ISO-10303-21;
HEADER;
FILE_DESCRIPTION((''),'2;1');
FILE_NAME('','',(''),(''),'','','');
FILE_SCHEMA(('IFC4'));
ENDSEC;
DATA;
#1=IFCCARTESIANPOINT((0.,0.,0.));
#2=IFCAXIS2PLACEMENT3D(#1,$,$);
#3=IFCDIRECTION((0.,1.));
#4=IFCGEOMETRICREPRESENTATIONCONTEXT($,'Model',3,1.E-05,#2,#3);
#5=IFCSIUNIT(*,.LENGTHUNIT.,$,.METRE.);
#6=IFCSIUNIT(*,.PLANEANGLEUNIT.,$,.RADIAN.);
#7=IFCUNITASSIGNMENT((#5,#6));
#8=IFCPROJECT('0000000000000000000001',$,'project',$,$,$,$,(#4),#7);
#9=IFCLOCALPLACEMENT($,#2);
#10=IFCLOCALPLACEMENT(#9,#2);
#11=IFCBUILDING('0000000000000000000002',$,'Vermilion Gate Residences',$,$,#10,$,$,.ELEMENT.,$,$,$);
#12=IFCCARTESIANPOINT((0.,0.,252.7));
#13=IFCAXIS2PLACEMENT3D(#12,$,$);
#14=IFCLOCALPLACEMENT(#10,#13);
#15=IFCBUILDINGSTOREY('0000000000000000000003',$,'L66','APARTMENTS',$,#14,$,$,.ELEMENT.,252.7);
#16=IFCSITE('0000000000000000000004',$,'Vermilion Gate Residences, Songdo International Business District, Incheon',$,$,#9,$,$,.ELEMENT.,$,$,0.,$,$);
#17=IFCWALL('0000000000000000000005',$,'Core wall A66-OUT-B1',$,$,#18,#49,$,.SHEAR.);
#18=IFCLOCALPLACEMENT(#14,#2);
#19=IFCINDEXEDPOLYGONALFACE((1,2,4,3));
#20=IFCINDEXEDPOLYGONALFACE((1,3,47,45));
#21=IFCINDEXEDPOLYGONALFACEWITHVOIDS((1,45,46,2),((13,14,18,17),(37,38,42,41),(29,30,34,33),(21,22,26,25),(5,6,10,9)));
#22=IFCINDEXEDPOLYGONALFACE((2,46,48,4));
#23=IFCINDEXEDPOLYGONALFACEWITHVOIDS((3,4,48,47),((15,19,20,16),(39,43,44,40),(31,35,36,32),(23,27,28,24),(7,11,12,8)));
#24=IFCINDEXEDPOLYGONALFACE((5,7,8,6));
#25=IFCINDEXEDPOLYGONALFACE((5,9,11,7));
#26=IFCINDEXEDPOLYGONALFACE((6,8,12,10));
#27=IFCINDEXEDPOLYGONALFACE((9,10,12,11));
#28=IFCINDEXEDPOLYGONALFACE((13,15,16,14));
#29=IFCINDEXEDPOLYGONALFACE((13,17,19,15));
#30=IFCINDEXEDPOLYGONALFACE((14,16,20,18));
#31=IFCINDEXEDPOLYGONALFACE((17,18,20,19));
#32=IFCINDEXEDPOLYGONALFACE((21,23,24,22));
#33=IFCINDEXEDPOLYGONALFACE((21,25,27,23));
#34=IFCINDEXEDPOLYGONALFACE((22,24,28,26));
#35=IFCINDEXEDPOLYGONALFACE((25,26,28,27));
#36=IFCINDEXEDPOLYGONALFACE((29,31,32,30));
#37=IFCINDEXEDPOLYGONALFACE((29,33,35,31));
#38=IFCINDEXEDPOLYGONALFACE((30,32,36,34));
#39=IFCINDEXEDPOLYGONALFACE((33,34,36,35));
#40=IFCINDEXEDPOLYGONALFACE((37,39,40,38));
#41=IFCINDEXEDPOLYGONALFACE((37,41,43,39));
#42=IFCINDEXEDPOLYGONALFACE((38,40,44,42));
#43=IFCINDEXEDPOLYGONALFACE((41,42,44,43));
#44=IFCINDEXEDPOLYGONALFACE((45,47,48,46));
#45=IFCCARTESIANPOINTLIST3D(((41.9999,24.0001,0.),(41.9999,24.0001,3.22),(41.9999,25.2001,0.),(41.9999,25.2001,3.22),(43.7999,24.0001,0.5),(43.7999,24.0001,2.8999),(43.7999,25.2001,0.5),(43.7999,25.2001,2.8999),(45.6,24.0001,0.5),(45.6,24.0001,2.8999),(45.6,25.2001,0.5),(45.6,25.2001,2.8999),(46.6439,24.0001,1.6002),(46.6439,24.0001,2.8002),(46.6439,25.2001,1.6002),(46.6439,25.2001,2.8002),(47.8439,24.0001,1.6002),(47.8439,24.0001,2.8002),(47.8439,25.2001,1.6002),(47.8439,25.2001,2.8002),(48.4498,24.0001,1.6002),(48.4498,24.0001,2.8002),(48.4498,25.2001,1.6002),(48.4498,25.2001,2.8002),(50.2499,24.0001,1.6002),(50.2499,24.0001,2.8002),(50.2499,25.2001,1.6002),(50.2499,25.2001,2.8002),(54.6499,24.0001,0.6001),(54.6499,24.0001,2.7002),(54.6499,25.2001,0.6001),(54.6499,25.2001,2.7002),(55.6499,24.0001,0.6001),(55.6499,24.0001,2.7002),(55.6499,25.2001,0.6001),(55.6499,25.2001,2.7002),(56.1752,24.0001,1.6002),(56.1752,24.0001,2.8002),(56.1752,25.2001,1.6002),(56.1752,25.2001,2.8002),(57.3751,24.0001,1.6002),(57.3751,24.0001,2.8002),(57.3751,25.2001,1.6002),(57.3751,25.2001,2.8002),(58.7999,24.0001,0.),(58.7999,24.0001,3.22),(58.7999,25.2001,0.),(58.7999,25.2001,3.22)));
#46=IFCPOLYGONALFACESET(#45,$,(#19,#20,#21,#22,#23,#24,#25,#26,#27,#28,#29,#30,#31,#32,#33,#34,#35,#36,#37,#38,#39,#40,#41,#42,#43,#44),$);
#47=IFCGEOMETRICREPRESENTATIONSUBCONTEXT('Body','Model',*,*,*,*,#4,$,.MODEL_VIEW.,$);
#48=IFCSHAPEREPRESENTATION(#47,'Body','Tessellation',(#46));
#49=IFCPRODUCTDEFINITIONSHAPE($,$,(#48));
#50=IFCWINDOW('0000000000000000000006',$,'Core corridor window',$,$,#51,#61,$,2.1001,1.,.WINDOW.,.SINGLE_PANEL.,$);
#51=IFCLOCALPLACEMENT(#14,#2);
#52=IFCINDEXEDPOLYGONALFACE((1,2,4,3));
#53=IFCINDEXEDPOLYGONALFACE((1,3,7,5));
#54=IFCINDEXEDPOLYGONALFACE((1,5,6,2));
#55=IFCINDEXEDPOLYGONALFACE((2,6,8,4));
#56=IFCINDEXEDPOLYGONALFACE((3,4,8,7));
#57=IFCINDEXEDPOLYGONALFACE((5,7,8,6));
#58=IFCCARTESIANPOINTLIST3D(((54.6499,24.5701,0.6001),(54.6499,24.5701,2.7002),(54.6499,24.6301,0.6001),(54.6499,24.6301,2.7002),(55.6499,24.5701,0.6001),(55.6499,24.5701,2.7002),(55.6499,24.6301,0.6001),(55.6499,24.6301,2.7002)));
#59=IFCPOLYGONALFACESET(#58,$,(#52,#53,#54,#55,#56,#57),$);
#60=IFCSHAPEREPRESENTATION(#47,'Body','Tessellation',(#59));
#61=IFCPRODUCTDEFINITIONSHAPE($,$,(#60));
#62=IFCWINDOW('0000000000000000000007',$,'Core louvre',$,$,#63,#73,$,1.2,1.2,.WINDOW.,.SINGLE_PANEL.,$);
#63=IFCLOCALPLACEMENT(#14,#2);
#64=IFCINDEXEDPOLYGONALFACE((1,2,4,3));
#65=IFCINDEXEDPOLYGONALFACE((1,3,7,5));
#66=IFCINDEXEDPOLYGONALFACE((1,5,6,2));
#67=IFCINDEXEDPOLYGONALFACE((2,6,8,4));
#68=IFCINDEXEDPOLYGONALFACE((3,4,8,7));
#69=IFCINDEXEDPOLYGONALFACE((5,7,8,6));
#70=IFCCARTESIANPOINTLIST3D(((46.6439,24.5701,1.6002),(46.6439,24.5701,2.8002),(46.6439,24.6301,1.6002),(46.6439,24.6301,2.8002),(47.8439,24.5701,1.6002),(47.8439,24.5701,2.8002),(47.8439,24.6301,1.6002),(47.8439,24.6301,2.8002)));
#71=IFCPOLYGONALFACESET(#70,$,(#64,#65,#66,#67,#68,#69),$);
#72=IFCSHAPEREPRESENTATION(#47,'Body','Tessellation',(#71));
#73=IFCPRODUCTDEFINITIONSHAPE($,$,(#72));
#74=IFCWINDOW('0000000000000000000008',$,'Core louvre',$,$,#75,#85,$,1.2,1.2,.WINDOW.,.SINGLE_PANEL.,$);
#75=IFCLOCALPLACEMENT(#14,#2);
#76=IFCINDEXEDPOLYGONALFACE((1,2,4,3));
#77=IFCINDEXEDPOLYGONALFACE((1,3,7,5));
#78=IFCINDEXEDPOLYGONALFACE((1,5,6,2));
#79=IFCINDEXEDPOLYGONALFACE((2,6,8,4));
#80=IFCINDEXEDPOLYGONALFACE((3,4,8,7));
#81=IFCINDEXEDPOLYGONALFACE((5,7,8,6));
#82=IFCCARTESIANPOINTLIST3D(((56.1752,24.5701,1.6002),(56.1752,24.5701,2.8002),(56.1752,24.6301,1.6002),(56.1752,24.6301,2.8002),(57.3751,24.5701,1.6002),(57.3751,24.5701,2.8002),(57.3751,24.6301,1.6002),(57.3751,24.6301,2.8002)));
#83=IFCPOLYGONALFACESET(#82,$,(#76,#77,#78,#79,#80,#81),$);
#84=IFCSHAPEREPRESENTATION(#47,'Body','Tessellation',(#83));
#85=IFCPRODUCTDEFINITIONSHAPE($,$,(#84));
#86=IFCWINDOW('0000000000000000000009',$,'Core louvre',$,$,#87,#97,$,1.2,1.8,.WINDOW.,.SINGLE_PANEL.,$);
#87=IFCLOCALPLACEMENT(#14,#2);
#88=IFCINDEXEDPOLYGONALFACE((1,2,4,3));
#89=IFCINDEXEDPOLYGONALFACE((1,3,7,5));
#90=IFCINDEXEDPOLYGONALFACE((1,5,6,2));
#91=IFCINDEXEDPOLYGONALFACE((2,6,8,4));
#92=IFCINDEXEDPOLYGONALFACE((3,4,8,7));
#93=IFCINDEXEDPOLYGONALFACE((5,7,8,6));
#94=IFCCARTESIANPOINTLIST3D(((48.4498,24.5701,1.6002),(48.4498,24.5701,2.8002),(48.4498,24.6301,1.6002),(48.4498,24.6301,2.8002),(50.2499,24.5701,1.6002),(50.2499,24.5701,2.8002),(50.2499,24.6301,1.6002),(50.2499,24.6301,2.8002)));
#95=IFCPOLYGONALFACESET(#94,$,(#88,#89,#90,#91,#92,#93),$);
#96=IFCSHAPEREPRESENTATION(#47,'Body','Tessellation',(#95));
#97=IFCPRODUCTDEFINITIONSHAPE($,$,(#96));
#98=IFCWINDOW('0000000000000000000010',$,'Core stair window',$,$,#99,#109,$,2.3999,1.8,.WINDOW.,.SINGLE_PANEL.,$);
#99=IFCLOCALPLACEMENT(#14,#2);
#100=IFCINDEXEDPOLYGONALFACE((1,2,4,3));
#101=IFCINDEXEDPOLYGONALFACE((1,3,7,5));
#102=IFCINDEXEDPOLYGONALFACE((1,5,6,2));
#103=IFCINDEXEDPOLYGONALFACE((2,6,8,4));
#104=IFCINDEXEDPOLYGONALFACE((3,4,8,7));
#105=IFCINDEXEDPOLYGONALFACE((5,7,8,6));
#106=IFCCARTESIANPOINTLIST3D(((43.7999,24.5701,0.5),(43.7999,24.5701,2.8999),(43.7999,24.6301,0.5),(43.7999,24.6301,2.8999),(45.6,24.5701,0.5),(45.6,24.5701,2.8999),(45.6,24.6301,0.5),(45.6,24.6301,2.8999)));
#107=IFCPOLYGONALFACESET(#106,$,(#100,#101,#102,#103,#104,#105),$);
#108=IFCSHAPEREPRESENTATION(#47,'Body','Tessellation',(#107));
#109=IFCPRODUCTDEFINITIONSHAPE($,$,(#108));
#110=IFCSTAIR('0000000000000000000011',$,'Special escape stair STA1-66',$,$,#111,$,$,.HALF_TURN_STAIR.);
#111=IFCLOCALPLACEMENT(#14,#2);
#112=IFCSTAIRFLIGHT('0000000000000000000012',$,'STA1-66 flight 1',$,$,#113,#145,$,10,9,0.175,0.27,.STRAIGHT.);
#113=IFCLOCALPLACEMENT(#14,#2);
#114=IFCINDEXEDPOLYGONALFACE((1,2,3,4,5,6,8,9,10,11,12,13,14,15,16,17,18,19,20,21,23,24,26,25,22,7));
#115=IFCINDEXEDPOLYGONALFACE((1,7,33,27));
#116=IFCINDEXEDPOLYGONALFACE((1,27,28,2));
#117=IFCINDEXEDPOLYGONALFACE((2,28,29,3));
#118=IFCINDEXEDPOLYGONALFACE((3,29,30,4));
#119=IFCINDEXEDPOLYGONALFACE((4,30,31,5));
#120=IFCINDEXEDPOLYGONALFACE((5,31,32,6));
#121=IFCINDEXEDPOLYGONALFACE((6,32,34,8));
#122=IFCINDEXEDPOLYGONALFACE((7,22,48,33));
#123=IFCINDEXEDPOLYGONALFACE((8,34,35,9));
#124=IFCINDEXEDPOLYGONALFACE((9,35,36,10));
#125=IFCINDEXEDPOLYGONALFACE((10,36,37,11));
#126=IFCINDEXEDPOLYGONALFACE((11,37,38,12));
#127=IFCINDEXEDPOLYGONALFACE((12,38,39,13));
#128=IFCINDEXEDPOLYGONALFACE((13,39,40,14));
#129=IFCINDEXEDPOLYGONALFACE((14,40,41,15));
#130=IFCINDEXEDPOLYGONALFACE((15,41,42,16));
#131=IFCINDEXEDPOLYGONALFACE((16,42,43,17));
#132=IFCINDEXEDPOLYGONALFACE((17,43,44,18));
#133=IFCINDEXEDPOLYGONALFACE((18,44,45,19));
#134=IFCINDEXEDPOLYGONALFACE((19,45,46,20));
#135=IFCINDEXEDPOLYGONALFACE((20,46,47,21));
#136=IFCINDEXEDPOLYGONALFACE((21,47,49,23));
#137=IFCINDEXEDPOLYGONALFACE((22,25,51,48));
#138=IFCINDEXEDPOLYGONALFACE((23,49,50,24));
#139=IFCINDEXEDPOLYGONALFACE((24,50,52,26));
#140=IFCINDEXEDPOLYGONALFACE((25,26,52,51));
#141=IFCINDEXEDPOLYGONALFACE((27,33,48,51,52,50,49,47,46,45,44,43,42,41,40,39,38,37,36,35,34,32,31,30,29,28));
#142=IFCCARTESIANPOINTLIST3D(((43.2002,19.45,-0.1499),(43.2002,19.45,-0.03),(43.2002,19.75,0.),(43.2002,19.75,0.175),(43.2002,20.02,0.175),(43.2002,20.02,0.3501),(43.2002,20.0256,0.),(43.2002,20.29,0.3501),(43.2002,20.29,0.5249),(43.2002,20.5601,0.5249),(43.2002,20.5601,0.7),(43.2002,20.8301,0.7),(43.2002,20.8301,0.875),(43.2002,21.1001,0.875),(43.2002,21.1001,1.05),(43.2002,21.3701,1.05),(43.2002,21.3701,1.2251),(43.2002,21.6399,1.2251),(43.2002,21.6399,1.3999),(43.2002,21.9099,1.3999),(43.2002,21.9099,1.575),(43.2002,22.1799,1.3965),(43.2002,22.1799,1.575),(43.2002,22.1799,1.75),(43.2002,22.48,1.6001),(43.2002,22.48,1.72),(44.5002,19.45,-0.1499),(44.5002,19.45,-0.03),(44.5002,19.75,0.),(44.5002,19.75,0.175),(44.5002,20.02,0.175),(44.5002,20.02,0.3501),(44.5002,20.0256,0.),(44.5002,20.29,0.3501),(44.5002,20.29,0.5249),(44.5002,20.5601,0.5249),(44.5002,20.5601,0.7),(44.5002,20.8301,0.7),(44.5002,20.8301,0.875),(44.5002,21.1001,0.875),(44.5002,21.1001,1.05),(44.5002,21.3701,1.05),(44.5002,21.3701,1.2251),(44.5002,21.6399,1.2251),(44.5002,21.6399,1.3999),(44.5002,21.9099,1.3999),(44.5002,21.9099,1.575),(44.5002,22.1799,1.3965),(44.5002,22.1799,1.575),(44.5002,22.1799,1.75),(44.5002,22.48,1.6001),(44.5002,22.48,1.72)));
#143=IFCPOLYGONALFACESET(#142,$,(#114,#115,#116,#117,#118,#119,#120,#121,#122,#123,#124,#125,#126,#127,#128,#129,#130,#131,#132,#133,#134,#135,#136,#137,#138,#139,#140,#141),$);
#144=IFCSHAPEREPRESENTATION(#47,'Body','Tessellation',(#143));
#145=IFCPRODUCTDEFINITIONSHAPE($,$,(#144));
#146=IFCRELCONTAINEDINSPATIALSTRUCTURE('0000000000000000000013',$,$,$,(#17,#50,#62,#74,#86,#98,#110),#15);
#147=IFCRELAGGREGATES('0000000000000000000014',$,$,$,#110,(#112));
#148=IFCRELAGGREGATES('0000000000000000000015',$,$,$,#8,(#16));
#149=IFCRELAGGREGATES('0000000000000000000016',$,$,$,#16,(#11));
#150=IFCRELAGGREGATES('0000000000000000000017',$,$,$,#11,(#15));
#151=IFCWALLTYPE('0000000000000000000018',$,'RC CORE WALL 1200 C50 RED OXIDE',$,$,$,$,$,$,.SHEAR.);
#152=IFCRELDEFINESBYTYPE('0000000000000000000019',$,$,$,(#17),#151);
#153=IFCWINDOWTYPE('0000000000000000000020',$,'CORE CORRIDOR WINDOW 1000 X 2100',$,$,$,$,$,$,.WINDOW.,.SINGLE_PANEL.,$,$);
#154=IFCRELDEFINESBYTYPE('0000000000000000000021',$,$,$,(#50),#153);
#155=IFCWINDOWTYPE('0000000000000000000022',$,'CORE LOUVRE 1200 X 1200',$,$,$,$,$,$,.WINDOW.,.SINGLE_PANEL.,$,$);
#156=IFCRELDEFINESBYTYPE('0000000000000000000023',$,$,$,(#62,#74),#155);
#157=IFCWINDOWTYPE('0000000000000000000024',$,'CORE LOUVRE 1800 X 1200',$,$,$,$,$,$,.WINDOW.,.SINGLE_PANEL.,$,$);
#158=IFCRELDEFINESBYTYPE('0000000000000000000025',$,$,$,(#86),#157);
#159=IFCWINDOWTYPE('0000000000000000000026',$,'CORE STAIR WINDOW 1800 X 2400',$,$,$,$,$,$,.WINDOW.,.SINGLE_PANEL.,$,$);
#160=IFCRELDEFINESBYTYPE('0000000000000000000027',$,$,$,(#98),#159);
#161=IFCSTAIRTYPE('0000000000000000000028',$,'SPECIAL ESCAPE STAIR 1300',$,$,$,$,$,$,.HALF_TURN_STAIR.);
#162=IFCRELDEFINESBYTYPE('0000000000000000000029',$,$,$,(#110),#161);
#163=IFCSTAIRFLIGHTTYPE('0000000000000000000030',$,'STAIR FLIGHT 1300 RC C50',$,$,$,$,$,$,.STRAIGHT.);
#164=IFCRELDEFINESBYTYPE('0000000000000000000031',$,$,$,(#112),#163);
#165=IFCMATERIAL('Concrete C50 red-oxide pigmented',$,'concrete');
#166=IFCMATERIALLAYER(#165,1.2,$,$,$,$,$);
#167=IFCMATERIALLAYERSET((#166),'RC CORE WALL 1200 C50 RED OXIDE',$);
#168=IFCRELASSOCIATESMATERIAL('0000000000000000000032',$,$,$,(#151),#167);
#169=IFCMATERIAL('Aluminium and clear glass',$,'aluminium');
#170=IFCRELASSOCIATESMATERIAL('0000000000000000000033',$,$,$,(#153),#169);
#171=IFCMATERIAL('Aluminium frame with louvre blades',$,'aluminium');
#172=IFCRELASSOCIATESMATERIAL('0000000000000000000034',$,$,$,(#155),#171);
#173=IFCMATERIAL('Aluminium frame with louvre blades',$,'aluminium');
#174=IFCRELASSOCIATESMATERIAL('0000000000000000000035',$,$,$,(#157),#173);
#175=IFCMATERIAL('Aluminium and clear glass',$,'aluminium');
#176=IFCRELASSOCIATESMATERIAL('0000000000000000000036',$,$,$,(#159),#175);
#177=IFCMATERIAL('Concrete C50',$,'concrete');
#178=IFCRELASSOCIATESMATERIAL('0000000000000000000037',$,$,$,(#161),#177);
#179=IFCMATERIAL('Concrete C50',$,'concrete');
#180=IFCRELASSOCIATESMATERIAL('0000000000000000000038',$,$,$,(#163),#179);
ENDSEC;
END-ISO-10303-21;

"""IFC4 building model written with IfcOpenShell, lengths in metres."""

from ifc_helpers import new_model, si_unit, direction, frame, frame_2d, origin, place, context, subcontext, project, spatial, polyline, rectangle, outline, extrude, material, layer, layer_set, type_object, element, fill, aggregate, save


model = new_model("IFC4")

# Units and contexts
model_context = context("Model", 3, precision=1e-05, world=origin(), true_north=direction((0.0, 1.0)))
body_context = subcontext(model_context, "Body", "Model", "MODEL_VIEW")
ifc_project = project(units=[si_unit("LENGTHUNIT", "METRE"), si_unit("PLANEANGLEUNIT", "RADIAN")], contexts=[model_context])

# Site, building, storey
site_placement = place(None, origin())
site = spatial("IfcSite", under=ifc_project, at=site_placement, Name="Vermilion Gate Residences, Songdo International Business District, Incheon", CompositionType="ELEMENT", RefElevation=0.0)
building_placement = place(site_placement, origin())
building = spatial("IfcBuilding", under=site, at=building_placement, Name="Vermilion Gate Residences", CompositionType="ELEMENT")
storey_placement = place(building_placement, frame((0.0, 0.0, 252.7)))
storey = spatial("IfcBuildingStorey", under=building, at=storey_placement, Name="L66", Description="APARTMENTS", CompositionType="ELEMENT", Elevation=252.7)

# Wall, openings, windows
ifc_material_1 = material(Name="Concrete C50 red-oxide pigmented", Category="concrete")
ifc_layer_1 = layer(ifc_material_1, 1.2)
ifc_layer_set_1 = layer_set([ifc_layer_1], Name="RC CORE WALL 1200 C50 RED OXIDE")
wall_type_1 = type_object("IfcWallType", Name="RC CORE WALL 1200 C50 RED OXIDE", PredefinedType="SHEAR", material=ifc_layer_set_1)
wall_1_placement = place(storey_placement, frame((42.0, 24.6001, 0.0), z_axis=(0.0, 0.0, 1.0), x_axis=(1.0, 0.0, 0.0)))
wall_1 = element("IfcWall", 1, at=wall_1_placement, inside=storey, type_object=wall_type_1, Name="Core wall A66-OUT-B1", PredefinedType="SHEAR", context=body_context, shape_type="SweptSolid", body=[
    extrude(rectangle(XDim=16.8, YDim=1.2, at=frame_2d((8.3999, 0.0))), origin(), (0.0, 0.0, 1.0), 3.22),
])
opening_1_placement = place(wall_1_placement, frame((1.8, 0.0, 0.5)))
opening_1 = element("IfcOpeningElement", 2, at=opening_1_placement, cuts=wall_1, PredefinedType="OPENING", context=body_context, shape_type="SweptSolid", body=[
    extrude(rectangle(XDim=1.8, YDim=2.3999, at=frame_2d((0.8999, 1.2))), frame((0.0, 0.6099, 0.0), z_axis=(0.0, -1.0, 0.0), x_axis=(1.0, 0.0, 0.0)), (0.0, 0.0, 1.0), 1.22),
])
opening_2_placement = place(wall_1_placement, frame((4.6438, 0.0, 1.6001)))
opening_2 = element("IfcOpeningElement", 3, at=opening_2_placement, cuts=wall_1, PredefinedType="OPENING", context=body_context, shape_type="SweptSolid", body=[
    extrude(rectangle(XDim=1.2, YDim=1.2, at=frame_2d((0.6001, 0.6001))), frame((0.0, 0.6099, 0.0), z_axis=(0.0, -1.0, 0.0), x_axis=(1.0, 0.0, 0.0)), (0.0, 0.0, 1.0), 1.22),
])
opening_3_placement = place(wall_1_placement, frame((6.45, 0.0, 1.6001)))
opening_3 = element("IfcOpeningElement", 4, at=opening_3_placement, cuts=wall_1, PredefinedType="OPENING", context=body_context, shape_type="SweptSolid", body=[
    extrude(rectangle(XDim=1.8, YDim=1.2, at=frame_2d((0.8999, 0.6001))), frame((0.0, 0.6099, 0.0), z_axis=(0.0, -1.0, 0.0), x_axis=(1.0, 0.0, 0.0)), (0.0, 0.0, 1.0), 1.22),
])
opening_4_placement = place(wall_1_placement, frame((12.6499, 0.0, 0.6001)))
opening_4 = element("IfcOpeningElement", 5, at=opening_4_placement, cuts=wall_1, PredefinedType="OPENING", context=body_context, shape_type="SweptSolid", body=[
    extrude(rectangle(XDim=1.0, YDim=2.1001, at=frame_2d((0.5, 1.05))), frame((0.0, 0.6099, 0.0), z_axis=(0.0, -1.0, 0.0), x_axis=(1.0, 0.0, 0.0)), (0.0, 0.0, 1.0), 1.22),
])
opening_5_placement = place(wall_1_placement, frame((14.175, 0.0, 1.6001)))
opening_5 = element("IfcOpeningElement", 6, at=opening_5_placement, cuts=wall_1, PredefinedType="OPENING", context=body_context, shape_type="SweptSolid", body=[
    extrude(rectangle(XDim=1.2, YDim=1.2, at=frame_2d((0.6001, 0.6001))), frame((0.0, 0.6099, 0.0), z_axis=(0.0, -1.0, 0.0), x_axis=(1.0, 0.0, 0.0)), (0.0, 0.0, 1.0), 1.22),
])
ifc_material_2 = material(Name="Aluminium and clear glass", Category="aluminium")
window_type_1 = type_object("IfcWindowType", Name="CORE CORRIDOR WINDOW 1000 X 2100", PartitioningType="SINGLE_PANEL", PredefinedType="WINDOW", material=ifc_material_2)
window_1_placement = place(opening_4_placement, origin())
window_1 = element("IfcWindow", 7, at=window_1_placement, inside=storey, type_object=window_type_1, Name="Core corridor window", OverallHeight=2.1001, OverallWidth=1.0, PartitioningType="SINGLE_PANEL", PredefinedType="WINDOW", context=body_context, shape_type="SweptSolid", body=[
    extrude(rectangle(XDim=1.0, YDim=2.1001, at=frame_2d((0.5, 1.05))), frame((0.0, 0.03, 0.0), z_axis=(0.0, -1.0, 0.0), x_axis=(1.0, 0.0, 0.0)), (0.0, 0.0, 1.0), 0.0601),
])
fill(opening_4, window_1)
ifc_material_3 = material(Name="Aluminium frame with louvre blades", Category="aluminium")
window_type_2 = type_object("IfcWindowType", Name="CORE LOUVRE 1200 X 1200", PartitioningType="SINGLE_PANEL", PredefinedType="WINDOW", material=ifc_material_3)
window_2_placement = place(opening_2_placement, origin())
window_2 = element("IfcWindow", 8, at=window_2_placement, inside=storey, type_object=window_type_2, Name="Core louvre", OverallHeight=1.2, OverallWidth=1.2, PartitioningType="SINGLE_PANEL", PredefinedType="WINDOW", context=body_context, shape_type="SweptSolid", body=[
    extrude(rectangle(XDim=1.2, YDim=1.2, at=frame_2d((0.6001, 0.6001))), frame((0.0, 0.03, 0.0), z_axis=(0.0, -1.0, 0.0), x_axis=(1.0, 0.0, 0.0)), (0.0, 0.0, 1.0), 0.0601),
])
fill(opening_2, window_2)
window_3_placement = place(opening_5_placement, origin())
window_3 = element("IfcWindow", 9, at=window_3_placement, inside=storey, type_object=window_type_2, Name="Core louvre", OverallHeight=1.2, OverallWidth=1.2, PartitioningType="SINGLE_PANEL", PredefinedType="WINDOW", context=body_context, shape_type="SweptSolid", body=[
    extrude(rectangle(XDim=1.2, YDim=1.2, at=frame_2d((0.6001, 0.6001))), frame((0.0, 0.03, 0.0), z_axis=(0.0, -1.0, 0.0), x_axis=(1.0, 0.0, 0.0)), (0.0, 0.0, 1.0), 0.0601),
])
fill(opening_5, window_3)
ifc_material_4 = material(Name="Aluminium frame with louvre blades", Category="aluminium")
window_type_3 = type_object("IfcWindowType", Name="CORE LOUVRE 1800 X 1200", PartitioningType="SINGLE_PANEL", PredefinedType="WINDOW", material=ifc_material_4)
window_4_placement = place(opening_3_placement, origin())
window_4 = element("IfcWindow", 10, at=window_4_placement, inside=storey, type_object=window_type_3, Name="Core louvre", OverallHeight=1.2, OverallWidth=1.8, PartitioningType="SINGLE_PANEL", PredefinedType="WINDOW", context=body_context, shape_type="SweptSolid", body=[
    extrude(rectangle(XDim=1.8, YDim=1.2, at=frame_2d((0.8999, 0.6001))), frame((0.0, 0.03, 0.0), z_axis=(0.0, -1.0, 0.0), x_axis=(1.0, 0.0, 0.0)), (0.0, 0.0, 1.0), 0.0601),
])
fill(opening_3, window_4)
ifc_material_5 = material(Name="Aluminium and clear glass", Category="aluminium")
window_type_4 = type_object("IfcWindowType", Name="CORE STAIR WINDOW 1800 X 2400", PartitioningType="SINGLE_PANEL", PredefinedType="WINDOW", material=ifc_material_5)
window_5_placement = place(opening_1_placement, origin())
window_5 = element("IfcWindow", 11, at=window_5_placement, inside=storey, type_object=window_type_4, Name="Core stair window", OverallHeight=2.3999, OverallWidth=1.8, PartitioningType="SINGLE_PANEL", PredefinedType="WINDOW", context=body_context, shape_type="SweptSolid", body=[
    extrude(rectangle(XDim=1.8, YDim=2.3999, at=frame_2d((0.8999, 1.2))), frame((0.0, 0.03, 0.0), z_axis=(0.0, -1.0, 0.0), x_axis=(1.0, 0.0, 0.0)), (0.0, 0.0, 1.0), 0.0601),
])
fill(opening_1, window_5)

# Stair, stair flight
ifc_material_6 = material(Name="Concrete C50", Category="concrete")
stair_type = type_object("IfcStairType", Name="SPECIAL ESCAPE STAIR 1300", PredefinedType="HALF_TURN_STAIR", material=ifc_material_6)
stair_placement = place(storey_placement, origin())
stair = element("IfcStair", 12, at=stair_placement, inside=storey, type_object=stair_type, Name="Special escape stair STA1-66", PredefinedType="HALF_TURN_STAIR")
ifc_material_7 = material(Name="Concrete C50", Category="concrete")
stair_flight_type = type_object("IfcStairFlightType", Name="STAIR FLIGHT 1300 RC C50", PredefinedType="STRAIGHT", material=ifc_material_7)
stair_flight_1_placement = place(storey_placement, frame((43.8501, 19.75, 0.0), z_axis=(0.0, 0.0, 1.0), x_axis=(0.0, 1.0, 0.0)))
stair_flight_1 = element("IfcStairFlight", 13, at=stair_flight_1_placement, type_object=stair_flight_type, Name="STA1-66 flight 1", NumberOfRisers=10, NumberOfTreads=9, PredefinedType="STRAIGHT", RiserHeight=0.175, TreadLength=0.27, context=body_context, shape_type="SweptSolid", body=[
    extrude(outline(polyline([(-0.3, -0.1499), (-0.3, -0.03), (0.0, 0.0), (0.0, 0.175), (0.27, 0.175), (0.27, 0.3501), (0.54, 0.3501), (0.54, 0.5249), (0.8101, 0.5249), (0.8101, 0.7), (1.0801, 0.7), (1.0801, 0.875), (1.3501, 0.875), (1.3501, 1.05), (1.6201, 1.05), (1.6201, 1.2251), (1.8899, 1.2251), (1.8899, 1.3999), (2.1599, 1.3999), (2.1599, 1.575), (2.4299, 1.575), (2.4299, 1.75), (2.73, 1.72), (2.73, 1.6001), (2.4299, 1.3965), (0.2756, 0.0), (-0.3, -0.1499)])), frame((0.0, 0.6499, 0.0), z_axis=(0.0, -1.0, 0.0), x_axis=(1.0, 0.0, 0.0)), (0.0, 0.0, 1.0), 1.3),
])
aggregate(stair, [stair_flight_1])

save(model, "model.ifc")
